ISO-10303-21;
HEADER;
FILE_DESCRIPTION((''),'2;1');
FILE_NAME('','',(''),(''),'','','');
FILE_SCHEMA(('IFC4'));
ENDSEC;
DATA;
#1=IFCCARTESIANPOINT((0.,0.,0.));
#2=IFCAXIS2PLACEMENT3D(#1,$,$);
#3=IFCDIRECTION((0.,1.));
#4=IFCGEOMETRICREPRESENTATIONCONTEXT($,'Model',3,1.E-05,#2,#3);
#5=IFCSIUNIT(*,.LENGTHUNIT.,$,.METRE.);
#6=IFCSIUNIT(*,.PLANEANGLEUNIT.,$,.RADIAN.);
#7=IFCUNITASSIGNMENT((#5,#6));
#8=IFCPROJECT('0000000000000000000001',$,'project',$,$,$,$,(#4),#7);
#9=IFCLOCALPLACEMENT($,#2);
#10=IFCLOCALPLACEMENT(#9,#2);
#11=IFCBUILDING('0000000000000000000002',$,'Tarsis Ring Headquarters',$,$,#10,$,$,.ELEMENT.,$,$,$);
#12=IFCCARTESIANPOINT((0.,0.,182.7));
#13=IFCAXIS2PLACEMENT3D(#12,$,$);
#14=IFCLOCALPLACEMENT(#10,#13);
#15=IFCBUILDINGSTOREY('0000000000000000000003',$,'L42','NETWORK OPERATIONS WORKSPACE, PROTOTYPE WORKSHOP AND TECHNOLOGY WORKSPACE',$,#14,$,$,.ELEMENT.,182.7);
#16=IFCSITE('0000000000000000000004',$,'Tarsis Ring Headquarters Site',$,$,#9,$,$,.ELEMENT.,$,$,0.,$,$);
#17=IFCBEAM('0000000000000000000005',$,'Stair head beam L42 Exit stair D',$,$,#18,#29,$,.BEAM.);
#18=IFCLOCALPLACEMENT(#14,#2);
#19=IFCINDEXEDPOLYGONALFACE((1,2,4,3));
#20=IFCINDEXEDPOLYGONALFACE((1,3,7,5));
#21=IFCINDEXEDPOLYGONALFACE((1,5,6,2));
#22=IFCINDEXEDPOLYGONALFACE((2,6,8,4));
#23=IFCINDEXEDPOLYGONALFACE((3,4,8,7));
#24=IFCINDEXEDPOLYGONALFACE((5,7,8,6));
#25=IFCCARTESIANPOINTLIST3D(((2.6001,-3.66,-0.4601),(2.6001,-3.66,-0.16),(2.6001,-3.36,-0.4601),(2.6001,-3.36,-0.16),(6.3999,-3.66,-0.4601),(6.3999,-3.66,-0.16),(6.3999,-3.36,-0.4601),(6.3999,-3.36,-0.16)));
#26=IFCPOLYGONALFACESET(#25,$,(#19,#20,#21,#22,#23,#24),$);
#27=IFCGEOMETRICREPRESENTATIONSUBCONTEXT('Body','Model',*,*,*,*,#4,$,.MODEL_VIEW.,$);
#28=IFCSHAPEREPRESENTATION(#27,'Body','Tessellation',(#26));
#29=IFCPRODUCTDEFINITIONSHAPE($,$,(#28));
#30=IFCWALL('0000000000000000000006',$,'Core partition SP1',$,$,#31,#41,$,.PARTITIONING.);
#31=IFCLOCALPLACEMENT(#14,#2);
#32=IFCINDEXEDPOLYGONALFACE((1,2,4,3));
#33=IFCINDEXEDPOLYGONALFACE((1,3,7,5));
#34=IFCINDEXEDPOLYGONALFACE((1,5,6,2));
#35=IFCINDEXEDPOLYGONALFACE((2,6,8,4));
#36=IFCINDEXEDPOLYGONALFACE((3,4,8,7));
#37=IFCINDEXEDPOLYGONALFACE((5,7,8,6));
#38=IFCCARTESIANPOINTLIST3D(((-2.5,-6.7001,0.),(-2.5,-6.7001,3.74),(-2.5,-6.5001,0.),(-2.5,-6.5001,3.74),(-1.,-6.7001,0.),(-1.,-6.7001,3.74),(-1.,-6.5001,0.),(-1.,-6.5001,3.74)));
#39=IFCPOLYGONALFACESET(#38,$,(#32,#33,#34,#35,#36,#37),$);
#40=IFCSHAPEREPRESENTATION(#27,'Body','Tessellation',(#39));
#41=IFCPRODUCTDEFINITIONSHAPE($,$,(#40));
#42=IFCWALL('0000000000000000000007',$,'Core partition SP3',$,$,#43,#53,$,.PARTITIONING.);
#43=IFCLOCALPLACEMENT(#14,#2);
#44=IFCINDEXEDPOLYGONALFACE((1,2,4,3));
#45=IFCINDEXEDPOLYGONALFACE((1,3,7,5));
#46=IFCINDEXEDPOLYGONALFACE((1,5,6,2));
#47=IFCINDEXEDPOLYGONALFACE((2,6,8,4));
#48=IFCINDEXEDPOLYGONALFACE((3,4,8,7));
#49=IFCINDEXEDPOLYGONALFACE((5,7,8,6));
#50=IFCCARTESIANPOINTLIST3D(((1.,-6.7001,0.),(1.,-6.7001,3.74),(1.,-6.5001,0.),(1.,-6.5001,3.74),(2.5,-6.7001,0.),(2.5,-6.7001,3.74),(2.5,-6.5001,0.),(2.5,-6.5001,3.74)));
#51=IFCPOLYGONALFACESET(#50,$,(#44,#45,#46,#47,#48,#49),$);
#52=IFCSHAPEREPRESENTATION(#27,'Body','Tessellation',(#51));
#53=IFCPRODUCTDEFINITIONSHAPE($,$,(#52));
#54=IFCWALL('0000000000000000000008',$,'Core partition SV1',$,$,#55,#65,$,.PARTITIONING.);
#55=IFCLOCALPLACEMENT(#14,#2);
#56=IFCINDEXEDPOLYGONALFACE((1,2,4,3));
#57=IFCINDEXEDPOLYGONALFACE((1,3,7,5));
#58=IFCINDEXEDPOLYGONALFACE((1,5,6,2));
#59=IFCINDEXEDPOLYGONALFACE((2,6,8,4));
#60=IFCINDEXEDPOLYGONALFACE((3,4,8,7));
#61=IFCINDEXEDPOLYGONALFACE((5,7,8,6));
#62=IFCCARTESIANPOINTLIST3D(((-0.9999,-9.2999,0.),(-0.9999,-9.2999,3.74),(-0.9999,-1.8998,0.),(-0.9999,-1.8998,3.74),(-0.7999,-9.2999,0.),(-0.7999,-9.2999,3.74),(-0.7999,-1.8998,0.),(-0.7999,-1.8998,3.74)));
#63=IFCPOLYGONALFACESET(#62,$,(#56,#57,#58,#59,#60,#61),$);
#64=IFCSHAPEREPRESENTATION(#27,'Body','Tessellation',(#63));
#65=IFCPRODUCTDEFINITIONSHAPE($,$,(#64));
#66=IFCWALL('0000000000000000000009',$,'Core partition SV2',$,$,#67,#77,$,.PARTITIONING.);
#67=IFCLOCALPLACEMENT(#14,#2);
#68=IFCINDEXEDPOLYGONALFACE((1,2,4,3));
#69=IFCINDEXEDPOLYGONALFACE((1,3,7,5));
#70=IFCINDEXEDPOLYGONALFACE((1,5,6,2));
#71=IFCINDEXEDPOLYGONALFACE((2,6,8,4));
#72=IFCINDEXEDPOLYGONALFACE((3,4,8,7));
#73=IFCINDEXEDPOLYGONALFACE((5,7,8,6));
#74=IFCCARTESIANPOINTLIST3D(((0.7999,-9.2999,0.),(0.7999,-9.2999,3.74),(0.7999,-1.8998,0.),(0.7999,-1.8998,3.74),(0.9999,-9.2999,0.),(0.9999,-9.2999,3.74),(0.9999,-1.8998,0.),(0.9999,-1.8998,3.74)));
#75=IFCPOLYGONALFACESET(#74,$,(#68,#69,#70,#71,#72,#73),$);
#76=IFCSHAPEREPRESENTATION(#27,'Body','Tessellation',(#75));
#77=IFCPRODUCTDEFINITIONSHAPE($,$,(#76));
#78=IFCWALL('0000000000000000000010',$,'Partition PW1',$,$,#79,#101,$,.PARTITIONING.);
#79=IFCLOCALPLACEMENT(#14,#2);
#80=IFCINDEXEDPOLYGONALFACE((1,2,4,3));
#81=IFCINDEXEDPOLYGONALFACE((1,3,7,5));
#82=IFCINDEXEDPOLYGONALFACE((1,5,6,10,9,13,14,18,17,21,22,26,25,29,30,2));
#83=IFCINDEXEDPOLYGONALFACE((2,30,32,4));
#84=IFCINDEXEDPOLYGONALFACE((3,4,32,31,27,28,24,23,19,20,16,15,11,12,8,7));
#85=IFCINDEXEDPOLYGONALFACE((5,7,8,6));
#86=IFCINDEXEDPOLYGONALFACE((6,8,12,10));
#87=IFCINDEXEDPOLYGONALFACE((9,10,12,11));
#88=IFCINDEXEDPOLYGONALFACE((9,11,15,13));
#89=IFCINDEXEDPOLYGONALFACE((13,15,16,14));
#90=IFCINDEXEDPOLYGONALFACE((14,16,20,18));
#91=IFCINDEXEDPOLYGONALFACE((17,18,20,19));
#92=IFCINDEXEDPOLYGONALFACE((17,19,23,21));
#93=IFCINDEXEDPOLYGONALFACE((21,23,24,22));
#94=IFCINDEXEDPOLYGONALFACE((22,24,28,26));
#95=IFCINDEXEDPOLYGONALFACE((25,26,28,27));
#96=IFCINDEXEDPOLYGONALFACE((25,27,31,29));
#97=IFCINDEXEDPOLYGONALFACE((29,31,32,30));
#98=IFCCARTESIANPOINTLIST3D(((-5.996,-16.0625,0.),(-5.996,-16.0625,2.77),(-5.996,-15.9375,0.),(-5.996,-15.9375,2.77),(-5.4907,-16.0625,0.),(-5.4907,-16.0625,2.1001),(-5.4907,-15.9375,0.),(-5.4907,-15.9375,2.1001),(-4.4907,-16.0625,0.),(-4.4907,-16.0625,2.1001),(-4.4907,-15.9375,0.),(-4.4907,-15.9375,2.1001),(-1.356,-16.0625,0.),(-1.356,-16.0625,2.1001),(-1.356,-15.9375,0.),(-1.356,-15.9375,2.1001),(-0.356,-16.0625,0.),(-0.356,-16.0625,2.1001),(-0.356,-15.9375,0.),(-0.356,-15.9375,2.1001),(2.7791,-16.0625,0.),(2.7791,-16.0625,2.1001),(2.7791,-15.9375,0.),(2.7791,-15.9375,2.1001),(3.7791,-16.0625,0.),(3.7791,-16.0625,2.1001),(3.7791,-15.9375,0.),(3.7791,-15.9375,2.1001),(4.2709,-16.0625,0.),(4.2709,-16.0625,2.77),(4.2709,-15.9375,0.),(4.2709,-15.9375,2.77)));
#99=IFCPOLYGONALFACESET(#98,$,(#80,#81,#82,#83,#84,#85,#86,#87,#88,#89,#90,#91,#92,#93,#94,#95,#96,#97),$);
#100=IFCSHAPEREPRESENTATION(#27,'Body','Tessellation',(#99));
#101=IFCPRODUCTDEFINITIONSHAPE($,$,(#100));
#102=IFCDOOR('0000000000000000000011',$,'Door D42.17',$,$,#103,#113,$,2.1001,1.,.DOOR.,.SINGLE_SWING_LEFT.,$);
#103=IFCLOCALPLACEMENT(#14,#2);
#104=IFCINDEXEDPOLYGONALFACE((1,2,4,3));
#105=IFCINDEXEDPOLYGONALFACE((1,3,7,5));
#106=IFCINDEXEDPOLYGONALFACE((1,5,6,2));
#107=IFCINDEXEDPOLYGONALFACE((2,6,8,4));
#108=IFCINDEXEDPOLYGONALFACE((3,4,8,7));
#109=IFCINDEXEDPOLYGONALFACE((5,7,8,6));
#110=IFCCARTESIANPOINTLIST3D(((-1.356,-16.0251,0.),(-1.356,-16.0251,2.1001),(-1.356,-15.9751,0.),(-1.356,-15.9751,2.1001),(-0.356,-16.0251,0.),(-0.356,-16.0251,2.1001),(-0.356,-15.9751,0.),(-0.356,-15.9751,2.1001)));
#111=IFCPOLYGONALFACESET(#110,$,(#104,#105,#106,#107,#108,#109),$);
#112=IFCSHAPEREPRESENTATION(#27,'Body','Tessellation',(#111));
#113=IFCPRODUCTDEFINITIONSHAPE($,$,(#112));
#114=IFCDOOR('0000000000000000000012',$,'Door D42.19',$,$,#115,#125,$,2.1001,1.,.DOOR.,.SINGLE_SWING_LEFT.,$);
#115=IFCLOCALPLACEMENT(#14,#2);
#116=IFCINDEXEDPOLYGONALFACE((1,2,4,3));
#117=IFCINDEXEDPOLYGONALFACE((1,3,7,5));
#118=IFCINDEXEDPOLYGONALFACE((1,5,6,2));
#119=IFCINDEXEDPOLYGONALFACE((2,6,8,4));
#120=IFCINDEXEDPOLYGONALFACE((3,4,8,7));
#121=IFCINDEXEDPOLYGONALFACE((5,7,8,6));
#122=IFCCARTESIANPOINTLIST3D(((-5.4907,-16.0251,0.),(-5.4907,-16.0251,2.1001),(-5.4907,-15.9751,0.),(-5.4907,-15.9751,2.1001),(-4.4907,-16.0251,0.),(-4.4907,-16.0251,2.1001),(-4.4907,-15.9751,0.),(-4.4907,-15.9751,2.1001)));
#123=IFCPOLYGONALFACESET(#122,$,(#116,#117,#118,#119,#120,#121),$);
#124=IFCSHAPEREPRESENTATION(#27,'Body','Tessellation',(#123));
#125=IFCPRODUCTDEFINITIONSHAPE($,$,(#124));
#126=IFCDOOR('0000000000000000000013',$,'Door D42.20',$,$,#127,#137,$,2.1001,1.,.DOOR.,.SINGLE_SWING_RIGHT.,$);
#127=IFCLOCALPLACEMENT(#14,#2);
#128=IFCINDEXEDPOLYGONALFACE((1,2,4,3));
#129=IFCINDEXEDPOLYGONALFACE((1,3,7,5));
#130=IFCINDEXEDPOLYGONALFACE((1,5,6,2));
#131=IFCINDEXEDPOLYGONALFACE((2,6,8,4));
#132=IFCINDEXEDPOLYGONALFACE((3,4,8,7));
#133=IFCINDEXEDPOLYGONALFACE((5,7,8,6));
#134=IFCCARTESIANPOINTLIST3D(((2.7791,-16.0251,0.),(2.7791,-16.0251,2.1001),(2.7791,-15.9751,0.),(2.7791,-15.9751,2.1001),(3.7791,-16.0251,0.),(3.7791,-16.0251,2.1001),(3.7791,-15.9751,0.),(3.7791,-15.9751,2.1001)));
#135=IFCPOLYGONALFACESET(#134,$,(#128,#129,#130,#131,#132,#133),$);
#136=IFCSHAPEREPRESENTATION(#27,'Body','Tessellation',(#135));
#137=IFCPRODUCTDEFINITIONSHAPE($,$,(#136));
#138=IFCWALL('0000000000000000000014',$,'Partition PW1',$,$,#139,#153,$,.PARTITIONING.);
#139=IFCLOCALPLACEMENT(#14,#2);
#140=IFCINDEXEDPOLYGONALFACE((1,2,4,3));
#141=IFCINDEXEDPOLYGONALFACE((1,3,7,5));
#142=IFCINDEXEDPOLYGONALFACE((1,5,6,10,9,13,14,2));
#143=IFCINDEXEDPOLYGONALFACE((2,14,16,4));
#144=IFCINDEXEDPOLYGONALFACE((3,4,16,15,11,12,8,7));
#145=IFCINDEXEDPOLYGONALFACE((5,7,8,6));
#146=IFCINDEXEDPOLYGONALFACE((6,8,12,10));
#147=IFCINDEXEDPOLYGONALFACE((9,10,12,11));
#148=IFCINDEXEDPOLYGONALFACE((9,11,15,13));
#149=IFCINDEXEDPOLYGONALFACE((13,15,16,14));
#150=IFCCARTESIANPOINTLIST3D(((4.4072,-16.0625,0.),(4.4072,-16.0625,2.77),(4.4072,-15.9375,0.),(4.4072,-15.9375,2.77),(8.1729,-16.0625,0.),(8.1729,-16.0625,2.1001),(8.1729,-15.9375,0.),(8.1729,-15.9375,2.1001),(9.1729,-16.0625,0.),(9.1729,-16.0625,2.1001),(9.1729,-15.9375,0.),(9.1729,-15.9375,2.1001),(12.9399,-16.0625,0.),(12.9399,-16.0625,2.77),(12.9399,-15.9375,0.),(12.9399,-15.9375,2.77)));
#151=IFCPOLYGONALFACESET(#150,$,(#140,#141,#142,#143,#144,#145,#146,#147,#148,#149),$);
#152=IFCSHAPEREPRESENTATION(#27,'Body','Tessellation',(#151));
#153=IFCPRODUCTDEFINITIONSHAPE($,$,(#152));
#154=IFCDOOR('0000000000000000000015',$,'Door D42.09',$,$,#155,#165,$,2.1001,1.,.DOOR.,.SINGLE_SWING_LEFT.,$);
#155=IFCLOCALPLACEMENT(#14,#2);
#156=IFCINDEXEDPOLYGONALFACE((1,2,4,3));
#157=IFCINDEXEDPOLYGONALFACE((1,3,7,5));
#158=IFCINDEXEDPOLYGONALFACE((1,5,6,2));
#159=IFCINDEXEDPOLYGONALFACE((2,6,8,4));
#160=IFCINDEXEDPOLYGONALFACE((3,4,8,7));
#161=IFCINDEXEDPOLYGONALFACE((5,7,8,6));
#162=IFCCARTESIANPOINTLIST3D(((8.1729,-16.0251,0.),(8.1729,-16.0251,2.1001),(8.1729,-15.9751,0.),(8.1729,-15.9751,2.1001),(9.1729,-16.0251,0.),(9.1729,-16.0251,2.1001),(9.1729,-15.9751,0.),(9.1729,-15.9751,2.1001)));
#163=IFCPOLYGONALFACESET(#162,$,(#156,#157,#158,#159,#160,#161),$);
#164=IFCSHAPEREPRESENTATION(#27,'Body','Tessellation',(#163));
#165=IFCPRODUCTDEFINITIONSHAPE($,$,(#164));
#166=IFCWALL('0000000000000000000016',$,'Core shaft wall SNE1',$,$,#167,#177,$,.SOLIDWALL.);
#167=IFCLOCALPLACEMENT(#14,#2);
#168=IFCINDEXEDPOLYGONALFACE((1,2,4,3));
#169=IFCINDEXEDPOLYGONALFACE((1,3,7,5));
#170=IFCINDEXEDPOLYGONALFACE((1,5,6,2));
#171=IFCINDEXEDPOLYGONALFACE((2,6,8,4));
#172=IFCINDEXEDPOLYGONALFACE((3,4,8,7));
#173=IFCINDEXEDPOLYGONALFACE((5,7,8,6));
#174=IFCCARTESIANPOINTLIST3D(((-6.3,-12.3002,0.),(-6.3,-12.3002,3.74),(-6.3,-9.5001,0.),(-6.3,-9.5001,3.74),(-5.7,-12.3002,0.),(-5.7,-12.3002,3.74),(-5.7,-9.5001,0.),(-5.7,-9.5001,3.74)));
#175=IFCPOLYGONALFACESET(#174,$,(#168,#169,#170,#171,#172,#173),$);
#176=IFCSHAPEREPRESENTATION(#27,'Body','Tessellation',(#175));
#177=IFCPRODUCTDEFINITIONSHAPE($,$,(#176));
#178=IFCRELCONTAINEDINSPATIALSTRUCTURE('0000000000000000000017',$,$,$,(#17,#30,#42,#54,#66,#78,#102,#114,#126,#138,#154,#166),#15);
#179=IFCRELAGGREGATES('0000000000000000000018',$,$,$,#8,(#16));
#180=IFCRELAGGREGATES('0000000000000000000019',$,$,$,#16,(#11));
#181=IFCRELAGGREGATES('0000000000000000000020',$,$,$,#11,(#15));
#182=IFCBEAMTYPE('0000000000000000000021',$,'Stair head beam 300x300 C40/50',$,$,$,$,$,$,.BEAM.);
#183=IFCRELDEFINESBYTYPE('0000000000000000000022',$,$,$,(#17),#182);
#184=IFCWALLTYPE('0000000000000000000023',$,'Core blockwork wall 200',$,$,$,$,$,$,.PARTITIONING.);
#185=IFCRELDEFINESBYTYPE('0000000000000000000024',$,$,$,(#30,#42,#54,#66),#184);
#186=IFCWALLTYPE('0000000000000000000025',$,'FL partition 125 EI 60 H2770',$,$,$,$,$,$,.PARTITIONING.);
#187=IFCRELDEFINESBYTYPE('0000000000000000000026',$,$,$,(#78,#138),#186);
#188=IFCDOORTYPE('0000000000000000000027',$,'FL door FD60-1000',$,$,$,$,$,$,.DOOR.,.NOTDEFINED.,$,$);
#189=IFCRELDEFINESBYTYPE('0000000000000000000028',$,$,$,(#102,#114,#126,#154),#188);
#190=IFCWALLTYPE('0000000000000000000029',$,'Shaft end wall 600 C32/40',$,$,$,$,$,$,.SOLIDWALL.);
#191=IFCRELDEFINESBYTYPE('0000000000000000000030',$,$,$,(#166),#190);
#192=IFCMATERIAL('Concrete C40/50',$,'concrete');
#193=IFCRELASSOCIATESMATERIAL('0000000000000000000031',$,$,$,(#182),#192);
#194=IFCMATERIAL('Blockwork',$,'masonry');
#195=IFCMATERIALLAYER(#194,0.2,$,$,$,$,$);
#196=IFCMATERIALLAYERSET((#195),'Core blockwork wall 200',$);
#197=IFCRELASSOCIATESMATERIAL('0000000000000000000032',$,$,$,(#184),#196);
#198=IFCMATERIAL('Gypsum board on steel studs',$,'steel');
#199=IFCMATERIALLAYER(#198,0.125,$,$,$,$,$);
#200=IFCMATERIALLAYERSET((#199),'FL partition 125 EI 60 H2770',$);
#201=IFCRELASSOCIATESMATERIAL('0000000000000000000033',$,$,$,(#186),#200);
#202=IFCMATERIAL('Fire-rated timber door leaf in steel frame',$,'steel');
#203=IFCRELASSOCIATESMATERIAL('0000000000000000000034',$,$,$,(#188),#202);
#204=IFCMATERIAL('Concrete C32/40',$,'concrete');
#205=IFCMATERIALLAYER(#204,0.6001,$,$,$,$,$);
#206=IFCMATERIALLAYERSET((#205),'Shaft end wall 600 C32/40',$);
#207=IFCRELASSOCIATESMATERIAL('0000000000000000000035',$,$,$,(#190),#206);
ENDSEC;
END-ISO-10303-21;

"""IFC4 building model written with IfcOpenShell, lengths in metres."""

from ifc_helpers import new_model, si_unit, direction, frame, frame_2d, origin, origin_2d, place, context, subcontext, project, spatial, rectangle, extrude, material, layer, layer_set, material_profile, profile_set, type_object, element, fill, save


model = new_model("IFC4")

# Units and contexts
model_context = context("Model", 3, precision=1e-05, world=origin(), true_north=direction((0.0, 1.0)))
body_context = subcontext(model_context, "Body", "Model", "MODEL_VIEW")
ifc_project = project(units=[si_unit("LENGTHUNIT", "METRE"), si_unit("PLANEANGLEUNIT", "RADIAN")], contexts=[model_context])

# Site, building, storey
site_placement = place(None, origin())
site = spatial("IfcSite", under=ifc_project, at=site_placement, Name="Tarsis Ring Headquarters Site", CompositionType="ELEMENT", RefElevation=0.0)
building_placement = place(site_placement, origin())
building = spatial("IfcBuilding", under=site, at=building_placement, Name="Tarsis Ring Headquarters", CompositionType="ELEMENT")
storey_placement = place(building_placement, frame((0.0, 0.0, 182.7)))
storey = spatial("IfcBuildingStorey", under=building, at=storey_placement, Name="L42", Description="NETWORK OPERATIONS WORKSPACE, PROTOTYPE WORKSHOP AND TECHNOLOGY WORKSPACE", CompositionType="ELEMENT", Elevation=182.7)

# Beam
ifc_material_1 = material(Name="Concrete C40/50", Category="concrete")
ifc_material_profile = material_profile(ifc_material_1, rectangle(XDim=0.3, YDim=0.3, at=origin_2d()), Name="Stair head beam 300x300 C40/50")
ifc_profile_set = profile_set([ifc_material_profile], Name="Concrete C40/50")
beam_type = type_object("IfcBeamType", Name="Stair head beam 300x300 C40/50", PredefinedType="BEAM", material=ifc_profile_set)
beam_placement = place(storey_placement, frame((2.6001, -3.51, -0.3101), z_axis=(1.0, 0.0, 0.0), x_axis=(0.0, 1.0, 0.0)))
element("IfcBeam", 1, at=beam_placement, inside=storey, type_object=beam_type, Name="Stair head beam L42 Exit stair D", PredefinedType="BEAM", context=body_context, shape_type="SweptSolid", body=[
    extrude(rectangle(XDim=0.3, YDim=0.3, at=origin_2d()), origin(), (0.0, 0.0, 1.0), 3.7998),
])

# Walls
ifc_material_2 = material(Name="Blockwork", Category="masonry")
ifc_layer_1 = layer(ifc_material_2, 0.2)
ifc_layer_set_1 = layer_set([ifc_layer_1], Name="Core blockwork wall 200")
wall_type_1 = type_object("IfcWallType", Name="Core blockwork wall 200", PredefinedType="PARTITIONING", material=ifc_layer_set_1)
for number, where, z_axis, x_axis, name in (
    (2, (-2.5, -6.6001, 0.0), (0.0, 0.0, 1.0), (1.0, 0.0, 0.0), "Core partition SP1"),
    (3, (1.0, -6.6001, 0.0), (0.0, 0.0, 1.0), (1.0, 0.0, 0.0), "Core partition SP3"),
):
    element("IfcWall", number, at=place(storey_placement, frame(where, z_axis=z_axis, x_axis=x_axis)), inside=storey, type_object=wall_type_1, Name=name, PredefinedType="PARTITIONING", context=body_context, shape_type="SweptSolid", body=[
        extrude(rectangle(XDim=1.5, YDim=0.2, at=frame_2d((0.75, 0.0))), origin(), (0.0, 0.0, 1.0), 3.74),
    ])
for number, where, z_axis, x_axis, name in (
    (4, (-0.8999, -9.3, 0.0), (0.0, 0.0, 1.0), (0.0, 1.0, 0.0), "Core partition SV1"),
    (5, (0.8999, -9.3, 0.0), (0.0, 0.0, 1.0), (0.0, 1.0, 0.0), "Core partition SV2"),
):
    element("IfcWall", number, at=place(storey_placement, frame(where, z_axis=z_axis, x_axis=x_axis)), inside=storey, type_object=wall_type_1, Name=name, PredefinedType="PARTITIONING", context=body_context, shape_type="SweptSolid", body=[
        extrude(rectangle(XDim=7.4001, YDim=0.2, at=frame_2d((3.7002, 0.0))), origin(), (0.0, 0.0, 1.0), 3.74),
    ])

# Wall, openings, doors
ifc_material_3 = material(Name="Gypsum board on steel studs", Category="steel")
ifc_layer_2 = layer(ifc_material_3, 0.125)
ifc_layer_set_2 = layer_set([ifc_layer_2], Name="FL partition 125 EI 60 H2770")
wall_type_2 = type_object("IfcWallType", Name="FL partition 125 EI 60 H2770", PredefinedType="PARTITIONING", material=ifc_layer_set_2)
wall_1_placement = place(storey_placement, frame((-5.9958, -16.0, 0.0), z_axis=(0.0, 0.0, 1.0), x_axis=(1.0, 0.0, 0.0)))
wall_1 = element("IfcWall", 6, at=wall_1_placement, inside=storey, type_object=wall_type_2, Name="Partition PW1", PredefinedType="PARTITIONING", context=body_context, shape_type="SweptSolid", body=[
    extrude(rectangle(XDim=10.2668, YDim=0.125, at=frame_2d((5.1333, 0.0))), origin(), (0.0, 0.0, 1.0), 2.77),
])
opening_1_placement = place(wall_1_placement, frame((4.6399, 0.0, 0.0)))
opening_1 = element("IfcOpeningElement", 7, at=opening_1_placement, cuts=wall_1, PredefinedType="OPENING", context=body_context, shape_type="SweptSolid", body=[
    extrude(rectangle(XDim=1.0, YDim=2.1001, at=frame_2d((0.5, 1.05))), frame((0.0, 0.0725, 0.0), z_axis=(0.0, -1.0, 0.0), x_axis=(1.0, 0.0, 0.0)), (0.0, 0.0, 1.0), 0.145),
])
opening_2_placement = place(wall_1_placement, frame((0.5051, 0.0, 0.0)))
opening_2 = element("IfcOpeningElement", 8, at=opening_2_placement, cuts=wall_1, PredefinedType="OPENING", context=body_context, shape_type="SweptSolid", body=[
    extrude(rectangle(XDim=1.0, YDim=2.1001, at=frame_2d((0.5, 1.05))), frame((0.0, 0.0725, 0.0), z_axis=(0.0, -1.0, 0.0), x_axis=(1.0, 0.0, 0.0)), (0.0, 0.0, 1.0), 0.145),
])
opening_3_placement = place(wall_1_placement, frame((8.7749, 0.0, 0.0)))
opening_3 = element("IfcOpeningElement", 9, at=opening_3_placement, cuts=wall_1, PredefinedType="OPENING", context=body_context, shape_type="SweptSolid", body=[
    extrude(rectangle(XDim=1.0, YDim=2.1001, at=frame_2d((0.5, 1.05))), frame((0.0, 0.0725, 0.0), z_axis=(0.0, -1.0, 0.0), x_axis=(1.0, 0.0, 0.0)), (0.0, 0.0, 1.0), 0.145),
])
ifc_material_4 = material(Name="Fire-rated timber door leaf in steel frame", Category="steel")
door_type = type_object("IfcDoorType", Name="FL door FD60-1000", OperationType="NOTDEFINED", PredefinedType="DOOR", material=ifc_material_4)
door_1_placement = place(opening_1_placement, origin())
door_1 = element("IfcDoor", 10, at=door_1_placement, inside=storey, type_object=door_type, Name="Door D42.17", OperationType="SINGLE_SWING_LEFT", OverallHeight=2.1001, OverallWidth=1.0, PredefinedType="DOOR", context=body_context, shape_type="SweptSolid", body=[
    extrude(rectangle(XDim=1.0, YDim=2.1001, at=frame_2d((0.5, 1.05))), frame((0.0, 0.0249, 0.0), z_axis=(0.0, -1.0, 0.0), x_axis=(1.0, 0.0, 0.0)), (0.0, 0.0, 1.0), 0.05),
])
fill(opening_1, door_1)
door_2_placement = place(opening_2_placement, origin())
door_2 = element("IfcDoor", 11, at=door_2_placement, inside=storey, type_object=door_type, Name="Door D42.19", OperationType="SINGLE_SWING_LEFT", OverallHeight=2.1001, OverallWidth=1.0, PredefinedType="DOOR", context=body_context, shape_type="SweptSolid", body=[
    extrude(rectangle(XDim=1.0, YDim=2.1001, at=frame_2d((0.5, 1.05))), frame((0.0, 0.0249, 0.0), z_axis=(0.0, -1.0, 0.0), x_axis=(1.0, 0.0, 0.0)), (0.0, 0.0, 1.0), 0.05),
])
fill(opening_2, door_2)
door_3_placement = place(opening_3_placement, origin())
door_3 = element("IfcDoor", 12, at=door_3_placement, inside=storey, type_object=door_type, Name="Door D42.20", OperationType="SINGLE_SWING_RIGHT", OverallHeight=2.1001, OverallWidth=1.0, PredefinedType="DOOR", context=body_context, shape_type="SweptSolid", body=[
    extrude(rectangle(XDim=1.0, YDim=2.1001, at=frame_2d((0.5, 1.05))), frame((0.0, 0.0249, 0.0), z_axis=(0.0, -1.0, 0.0), x_axis=(1.0, 0.0, 0.0)), (0.0, 0.0, 1.0), 0.05),
])
fill(opening_3, door_3)

# Wall, opening, door
wall_2_placement = place(storey_placement, frame((4.4072, -16.0, 0.0), z_axis=(0.0, 0.0, 1.0), x_axis=(1.0, 0.0, 0.0)))
wall_2 = element("IfcWall", 13, at=wall_2_placement, inside=storey, type_object=wall_type_2, Name="Partition PW1", PredefinedType="PARTITIONING", context=body_context, shape_type="SweptSolid", body=[
    extrude(rectangle(XDim=8.5327, YDim=0.125, at=frame_2d((4.2664, 0.0))), origin(), (0.0, 0.0, 1.0), 2.77),
])
opening_4_placement = place(wall_2_placement, frame((3.7656, 0.0, 0.0)))
opening_4 = element("IfcOpeningElement", 14, at=opening_4_placement, cuts=wall_2, PredefinedType="OPENING", context=body_context, shape_type="SweptSolid", body=[
    extrude(rectangle(XDim=1.0, YDim=2.1001, at=frame_2d((0.5, 1.05))), frame((0.0, 0.0725, 0.0), z_axis=(0.0, -1.0, 0.0), x_axis=(1.0, 0.0, 0.0)), (0.0, 0.0, 1.0), 0.145),
])
door_4_placement = place(opening_4_placement, origin())
door_4 = element("IfcDoor", 15, at=door_4_placement, inside=storey, type_object=door_type, Name="Door D42.09", OperationType="SINGLE_SWING_LEFT", OverallHeight=2.1001, OverallWidth=1.0, PredefinedType="DOOR", context=body_context, shape_type="SweptSolid", body=[
    extrude(rectangle(XDim=1.0, YDim=2.1001, at=frame_2d((0.5, 1.05))), frame((0.0, 0.0249, 0.0), z_axis=(0.0, -1.0, 0.0), x_axis=(1.0, 0.0, 0.0)), (0.0, 0.0, 1.0), 0.05),
])
fill(opening_4, door_4)

# Wall
ifc_material_5 = material(Name="Concrete C32/40", Category="concrete")
ifc_layer_3 = layer(ifc_material_5, 0.6001)
ifc_layer_set_3 = layer_set([ifc_layer_3], Name="Shaft end wall 600 C32/40")
wall_type_3 = type_object("IfcWallType", Name="Shaft end wall 600 C32/40", PredefinedType="SOLIDWALL", material=ifc_layer_set_3)
wall_3_placement = place(storey_placement, frame((-6.0, -12.3, 0.0), z_axis=(0.0, 0.0, 1.0), x_axis=(0.0, 1.0, 0.0)))
element("IfcWall", 16, at=wall_3_placement, inside=storey, type_object=wall_type_3, Name="Core shaft wall SNE1", PredefinedType="SOLIDWALL", context=body_context, shape_type="SweptSolid", body=[
    extrude(rectangle(XDim=2.8, YDim=0.6001, at=frame_2d((1.3999, 0.0))), origin(), (0.0, 0.0, 1.0), 3.74),
])

save(model, "model.ifc")
